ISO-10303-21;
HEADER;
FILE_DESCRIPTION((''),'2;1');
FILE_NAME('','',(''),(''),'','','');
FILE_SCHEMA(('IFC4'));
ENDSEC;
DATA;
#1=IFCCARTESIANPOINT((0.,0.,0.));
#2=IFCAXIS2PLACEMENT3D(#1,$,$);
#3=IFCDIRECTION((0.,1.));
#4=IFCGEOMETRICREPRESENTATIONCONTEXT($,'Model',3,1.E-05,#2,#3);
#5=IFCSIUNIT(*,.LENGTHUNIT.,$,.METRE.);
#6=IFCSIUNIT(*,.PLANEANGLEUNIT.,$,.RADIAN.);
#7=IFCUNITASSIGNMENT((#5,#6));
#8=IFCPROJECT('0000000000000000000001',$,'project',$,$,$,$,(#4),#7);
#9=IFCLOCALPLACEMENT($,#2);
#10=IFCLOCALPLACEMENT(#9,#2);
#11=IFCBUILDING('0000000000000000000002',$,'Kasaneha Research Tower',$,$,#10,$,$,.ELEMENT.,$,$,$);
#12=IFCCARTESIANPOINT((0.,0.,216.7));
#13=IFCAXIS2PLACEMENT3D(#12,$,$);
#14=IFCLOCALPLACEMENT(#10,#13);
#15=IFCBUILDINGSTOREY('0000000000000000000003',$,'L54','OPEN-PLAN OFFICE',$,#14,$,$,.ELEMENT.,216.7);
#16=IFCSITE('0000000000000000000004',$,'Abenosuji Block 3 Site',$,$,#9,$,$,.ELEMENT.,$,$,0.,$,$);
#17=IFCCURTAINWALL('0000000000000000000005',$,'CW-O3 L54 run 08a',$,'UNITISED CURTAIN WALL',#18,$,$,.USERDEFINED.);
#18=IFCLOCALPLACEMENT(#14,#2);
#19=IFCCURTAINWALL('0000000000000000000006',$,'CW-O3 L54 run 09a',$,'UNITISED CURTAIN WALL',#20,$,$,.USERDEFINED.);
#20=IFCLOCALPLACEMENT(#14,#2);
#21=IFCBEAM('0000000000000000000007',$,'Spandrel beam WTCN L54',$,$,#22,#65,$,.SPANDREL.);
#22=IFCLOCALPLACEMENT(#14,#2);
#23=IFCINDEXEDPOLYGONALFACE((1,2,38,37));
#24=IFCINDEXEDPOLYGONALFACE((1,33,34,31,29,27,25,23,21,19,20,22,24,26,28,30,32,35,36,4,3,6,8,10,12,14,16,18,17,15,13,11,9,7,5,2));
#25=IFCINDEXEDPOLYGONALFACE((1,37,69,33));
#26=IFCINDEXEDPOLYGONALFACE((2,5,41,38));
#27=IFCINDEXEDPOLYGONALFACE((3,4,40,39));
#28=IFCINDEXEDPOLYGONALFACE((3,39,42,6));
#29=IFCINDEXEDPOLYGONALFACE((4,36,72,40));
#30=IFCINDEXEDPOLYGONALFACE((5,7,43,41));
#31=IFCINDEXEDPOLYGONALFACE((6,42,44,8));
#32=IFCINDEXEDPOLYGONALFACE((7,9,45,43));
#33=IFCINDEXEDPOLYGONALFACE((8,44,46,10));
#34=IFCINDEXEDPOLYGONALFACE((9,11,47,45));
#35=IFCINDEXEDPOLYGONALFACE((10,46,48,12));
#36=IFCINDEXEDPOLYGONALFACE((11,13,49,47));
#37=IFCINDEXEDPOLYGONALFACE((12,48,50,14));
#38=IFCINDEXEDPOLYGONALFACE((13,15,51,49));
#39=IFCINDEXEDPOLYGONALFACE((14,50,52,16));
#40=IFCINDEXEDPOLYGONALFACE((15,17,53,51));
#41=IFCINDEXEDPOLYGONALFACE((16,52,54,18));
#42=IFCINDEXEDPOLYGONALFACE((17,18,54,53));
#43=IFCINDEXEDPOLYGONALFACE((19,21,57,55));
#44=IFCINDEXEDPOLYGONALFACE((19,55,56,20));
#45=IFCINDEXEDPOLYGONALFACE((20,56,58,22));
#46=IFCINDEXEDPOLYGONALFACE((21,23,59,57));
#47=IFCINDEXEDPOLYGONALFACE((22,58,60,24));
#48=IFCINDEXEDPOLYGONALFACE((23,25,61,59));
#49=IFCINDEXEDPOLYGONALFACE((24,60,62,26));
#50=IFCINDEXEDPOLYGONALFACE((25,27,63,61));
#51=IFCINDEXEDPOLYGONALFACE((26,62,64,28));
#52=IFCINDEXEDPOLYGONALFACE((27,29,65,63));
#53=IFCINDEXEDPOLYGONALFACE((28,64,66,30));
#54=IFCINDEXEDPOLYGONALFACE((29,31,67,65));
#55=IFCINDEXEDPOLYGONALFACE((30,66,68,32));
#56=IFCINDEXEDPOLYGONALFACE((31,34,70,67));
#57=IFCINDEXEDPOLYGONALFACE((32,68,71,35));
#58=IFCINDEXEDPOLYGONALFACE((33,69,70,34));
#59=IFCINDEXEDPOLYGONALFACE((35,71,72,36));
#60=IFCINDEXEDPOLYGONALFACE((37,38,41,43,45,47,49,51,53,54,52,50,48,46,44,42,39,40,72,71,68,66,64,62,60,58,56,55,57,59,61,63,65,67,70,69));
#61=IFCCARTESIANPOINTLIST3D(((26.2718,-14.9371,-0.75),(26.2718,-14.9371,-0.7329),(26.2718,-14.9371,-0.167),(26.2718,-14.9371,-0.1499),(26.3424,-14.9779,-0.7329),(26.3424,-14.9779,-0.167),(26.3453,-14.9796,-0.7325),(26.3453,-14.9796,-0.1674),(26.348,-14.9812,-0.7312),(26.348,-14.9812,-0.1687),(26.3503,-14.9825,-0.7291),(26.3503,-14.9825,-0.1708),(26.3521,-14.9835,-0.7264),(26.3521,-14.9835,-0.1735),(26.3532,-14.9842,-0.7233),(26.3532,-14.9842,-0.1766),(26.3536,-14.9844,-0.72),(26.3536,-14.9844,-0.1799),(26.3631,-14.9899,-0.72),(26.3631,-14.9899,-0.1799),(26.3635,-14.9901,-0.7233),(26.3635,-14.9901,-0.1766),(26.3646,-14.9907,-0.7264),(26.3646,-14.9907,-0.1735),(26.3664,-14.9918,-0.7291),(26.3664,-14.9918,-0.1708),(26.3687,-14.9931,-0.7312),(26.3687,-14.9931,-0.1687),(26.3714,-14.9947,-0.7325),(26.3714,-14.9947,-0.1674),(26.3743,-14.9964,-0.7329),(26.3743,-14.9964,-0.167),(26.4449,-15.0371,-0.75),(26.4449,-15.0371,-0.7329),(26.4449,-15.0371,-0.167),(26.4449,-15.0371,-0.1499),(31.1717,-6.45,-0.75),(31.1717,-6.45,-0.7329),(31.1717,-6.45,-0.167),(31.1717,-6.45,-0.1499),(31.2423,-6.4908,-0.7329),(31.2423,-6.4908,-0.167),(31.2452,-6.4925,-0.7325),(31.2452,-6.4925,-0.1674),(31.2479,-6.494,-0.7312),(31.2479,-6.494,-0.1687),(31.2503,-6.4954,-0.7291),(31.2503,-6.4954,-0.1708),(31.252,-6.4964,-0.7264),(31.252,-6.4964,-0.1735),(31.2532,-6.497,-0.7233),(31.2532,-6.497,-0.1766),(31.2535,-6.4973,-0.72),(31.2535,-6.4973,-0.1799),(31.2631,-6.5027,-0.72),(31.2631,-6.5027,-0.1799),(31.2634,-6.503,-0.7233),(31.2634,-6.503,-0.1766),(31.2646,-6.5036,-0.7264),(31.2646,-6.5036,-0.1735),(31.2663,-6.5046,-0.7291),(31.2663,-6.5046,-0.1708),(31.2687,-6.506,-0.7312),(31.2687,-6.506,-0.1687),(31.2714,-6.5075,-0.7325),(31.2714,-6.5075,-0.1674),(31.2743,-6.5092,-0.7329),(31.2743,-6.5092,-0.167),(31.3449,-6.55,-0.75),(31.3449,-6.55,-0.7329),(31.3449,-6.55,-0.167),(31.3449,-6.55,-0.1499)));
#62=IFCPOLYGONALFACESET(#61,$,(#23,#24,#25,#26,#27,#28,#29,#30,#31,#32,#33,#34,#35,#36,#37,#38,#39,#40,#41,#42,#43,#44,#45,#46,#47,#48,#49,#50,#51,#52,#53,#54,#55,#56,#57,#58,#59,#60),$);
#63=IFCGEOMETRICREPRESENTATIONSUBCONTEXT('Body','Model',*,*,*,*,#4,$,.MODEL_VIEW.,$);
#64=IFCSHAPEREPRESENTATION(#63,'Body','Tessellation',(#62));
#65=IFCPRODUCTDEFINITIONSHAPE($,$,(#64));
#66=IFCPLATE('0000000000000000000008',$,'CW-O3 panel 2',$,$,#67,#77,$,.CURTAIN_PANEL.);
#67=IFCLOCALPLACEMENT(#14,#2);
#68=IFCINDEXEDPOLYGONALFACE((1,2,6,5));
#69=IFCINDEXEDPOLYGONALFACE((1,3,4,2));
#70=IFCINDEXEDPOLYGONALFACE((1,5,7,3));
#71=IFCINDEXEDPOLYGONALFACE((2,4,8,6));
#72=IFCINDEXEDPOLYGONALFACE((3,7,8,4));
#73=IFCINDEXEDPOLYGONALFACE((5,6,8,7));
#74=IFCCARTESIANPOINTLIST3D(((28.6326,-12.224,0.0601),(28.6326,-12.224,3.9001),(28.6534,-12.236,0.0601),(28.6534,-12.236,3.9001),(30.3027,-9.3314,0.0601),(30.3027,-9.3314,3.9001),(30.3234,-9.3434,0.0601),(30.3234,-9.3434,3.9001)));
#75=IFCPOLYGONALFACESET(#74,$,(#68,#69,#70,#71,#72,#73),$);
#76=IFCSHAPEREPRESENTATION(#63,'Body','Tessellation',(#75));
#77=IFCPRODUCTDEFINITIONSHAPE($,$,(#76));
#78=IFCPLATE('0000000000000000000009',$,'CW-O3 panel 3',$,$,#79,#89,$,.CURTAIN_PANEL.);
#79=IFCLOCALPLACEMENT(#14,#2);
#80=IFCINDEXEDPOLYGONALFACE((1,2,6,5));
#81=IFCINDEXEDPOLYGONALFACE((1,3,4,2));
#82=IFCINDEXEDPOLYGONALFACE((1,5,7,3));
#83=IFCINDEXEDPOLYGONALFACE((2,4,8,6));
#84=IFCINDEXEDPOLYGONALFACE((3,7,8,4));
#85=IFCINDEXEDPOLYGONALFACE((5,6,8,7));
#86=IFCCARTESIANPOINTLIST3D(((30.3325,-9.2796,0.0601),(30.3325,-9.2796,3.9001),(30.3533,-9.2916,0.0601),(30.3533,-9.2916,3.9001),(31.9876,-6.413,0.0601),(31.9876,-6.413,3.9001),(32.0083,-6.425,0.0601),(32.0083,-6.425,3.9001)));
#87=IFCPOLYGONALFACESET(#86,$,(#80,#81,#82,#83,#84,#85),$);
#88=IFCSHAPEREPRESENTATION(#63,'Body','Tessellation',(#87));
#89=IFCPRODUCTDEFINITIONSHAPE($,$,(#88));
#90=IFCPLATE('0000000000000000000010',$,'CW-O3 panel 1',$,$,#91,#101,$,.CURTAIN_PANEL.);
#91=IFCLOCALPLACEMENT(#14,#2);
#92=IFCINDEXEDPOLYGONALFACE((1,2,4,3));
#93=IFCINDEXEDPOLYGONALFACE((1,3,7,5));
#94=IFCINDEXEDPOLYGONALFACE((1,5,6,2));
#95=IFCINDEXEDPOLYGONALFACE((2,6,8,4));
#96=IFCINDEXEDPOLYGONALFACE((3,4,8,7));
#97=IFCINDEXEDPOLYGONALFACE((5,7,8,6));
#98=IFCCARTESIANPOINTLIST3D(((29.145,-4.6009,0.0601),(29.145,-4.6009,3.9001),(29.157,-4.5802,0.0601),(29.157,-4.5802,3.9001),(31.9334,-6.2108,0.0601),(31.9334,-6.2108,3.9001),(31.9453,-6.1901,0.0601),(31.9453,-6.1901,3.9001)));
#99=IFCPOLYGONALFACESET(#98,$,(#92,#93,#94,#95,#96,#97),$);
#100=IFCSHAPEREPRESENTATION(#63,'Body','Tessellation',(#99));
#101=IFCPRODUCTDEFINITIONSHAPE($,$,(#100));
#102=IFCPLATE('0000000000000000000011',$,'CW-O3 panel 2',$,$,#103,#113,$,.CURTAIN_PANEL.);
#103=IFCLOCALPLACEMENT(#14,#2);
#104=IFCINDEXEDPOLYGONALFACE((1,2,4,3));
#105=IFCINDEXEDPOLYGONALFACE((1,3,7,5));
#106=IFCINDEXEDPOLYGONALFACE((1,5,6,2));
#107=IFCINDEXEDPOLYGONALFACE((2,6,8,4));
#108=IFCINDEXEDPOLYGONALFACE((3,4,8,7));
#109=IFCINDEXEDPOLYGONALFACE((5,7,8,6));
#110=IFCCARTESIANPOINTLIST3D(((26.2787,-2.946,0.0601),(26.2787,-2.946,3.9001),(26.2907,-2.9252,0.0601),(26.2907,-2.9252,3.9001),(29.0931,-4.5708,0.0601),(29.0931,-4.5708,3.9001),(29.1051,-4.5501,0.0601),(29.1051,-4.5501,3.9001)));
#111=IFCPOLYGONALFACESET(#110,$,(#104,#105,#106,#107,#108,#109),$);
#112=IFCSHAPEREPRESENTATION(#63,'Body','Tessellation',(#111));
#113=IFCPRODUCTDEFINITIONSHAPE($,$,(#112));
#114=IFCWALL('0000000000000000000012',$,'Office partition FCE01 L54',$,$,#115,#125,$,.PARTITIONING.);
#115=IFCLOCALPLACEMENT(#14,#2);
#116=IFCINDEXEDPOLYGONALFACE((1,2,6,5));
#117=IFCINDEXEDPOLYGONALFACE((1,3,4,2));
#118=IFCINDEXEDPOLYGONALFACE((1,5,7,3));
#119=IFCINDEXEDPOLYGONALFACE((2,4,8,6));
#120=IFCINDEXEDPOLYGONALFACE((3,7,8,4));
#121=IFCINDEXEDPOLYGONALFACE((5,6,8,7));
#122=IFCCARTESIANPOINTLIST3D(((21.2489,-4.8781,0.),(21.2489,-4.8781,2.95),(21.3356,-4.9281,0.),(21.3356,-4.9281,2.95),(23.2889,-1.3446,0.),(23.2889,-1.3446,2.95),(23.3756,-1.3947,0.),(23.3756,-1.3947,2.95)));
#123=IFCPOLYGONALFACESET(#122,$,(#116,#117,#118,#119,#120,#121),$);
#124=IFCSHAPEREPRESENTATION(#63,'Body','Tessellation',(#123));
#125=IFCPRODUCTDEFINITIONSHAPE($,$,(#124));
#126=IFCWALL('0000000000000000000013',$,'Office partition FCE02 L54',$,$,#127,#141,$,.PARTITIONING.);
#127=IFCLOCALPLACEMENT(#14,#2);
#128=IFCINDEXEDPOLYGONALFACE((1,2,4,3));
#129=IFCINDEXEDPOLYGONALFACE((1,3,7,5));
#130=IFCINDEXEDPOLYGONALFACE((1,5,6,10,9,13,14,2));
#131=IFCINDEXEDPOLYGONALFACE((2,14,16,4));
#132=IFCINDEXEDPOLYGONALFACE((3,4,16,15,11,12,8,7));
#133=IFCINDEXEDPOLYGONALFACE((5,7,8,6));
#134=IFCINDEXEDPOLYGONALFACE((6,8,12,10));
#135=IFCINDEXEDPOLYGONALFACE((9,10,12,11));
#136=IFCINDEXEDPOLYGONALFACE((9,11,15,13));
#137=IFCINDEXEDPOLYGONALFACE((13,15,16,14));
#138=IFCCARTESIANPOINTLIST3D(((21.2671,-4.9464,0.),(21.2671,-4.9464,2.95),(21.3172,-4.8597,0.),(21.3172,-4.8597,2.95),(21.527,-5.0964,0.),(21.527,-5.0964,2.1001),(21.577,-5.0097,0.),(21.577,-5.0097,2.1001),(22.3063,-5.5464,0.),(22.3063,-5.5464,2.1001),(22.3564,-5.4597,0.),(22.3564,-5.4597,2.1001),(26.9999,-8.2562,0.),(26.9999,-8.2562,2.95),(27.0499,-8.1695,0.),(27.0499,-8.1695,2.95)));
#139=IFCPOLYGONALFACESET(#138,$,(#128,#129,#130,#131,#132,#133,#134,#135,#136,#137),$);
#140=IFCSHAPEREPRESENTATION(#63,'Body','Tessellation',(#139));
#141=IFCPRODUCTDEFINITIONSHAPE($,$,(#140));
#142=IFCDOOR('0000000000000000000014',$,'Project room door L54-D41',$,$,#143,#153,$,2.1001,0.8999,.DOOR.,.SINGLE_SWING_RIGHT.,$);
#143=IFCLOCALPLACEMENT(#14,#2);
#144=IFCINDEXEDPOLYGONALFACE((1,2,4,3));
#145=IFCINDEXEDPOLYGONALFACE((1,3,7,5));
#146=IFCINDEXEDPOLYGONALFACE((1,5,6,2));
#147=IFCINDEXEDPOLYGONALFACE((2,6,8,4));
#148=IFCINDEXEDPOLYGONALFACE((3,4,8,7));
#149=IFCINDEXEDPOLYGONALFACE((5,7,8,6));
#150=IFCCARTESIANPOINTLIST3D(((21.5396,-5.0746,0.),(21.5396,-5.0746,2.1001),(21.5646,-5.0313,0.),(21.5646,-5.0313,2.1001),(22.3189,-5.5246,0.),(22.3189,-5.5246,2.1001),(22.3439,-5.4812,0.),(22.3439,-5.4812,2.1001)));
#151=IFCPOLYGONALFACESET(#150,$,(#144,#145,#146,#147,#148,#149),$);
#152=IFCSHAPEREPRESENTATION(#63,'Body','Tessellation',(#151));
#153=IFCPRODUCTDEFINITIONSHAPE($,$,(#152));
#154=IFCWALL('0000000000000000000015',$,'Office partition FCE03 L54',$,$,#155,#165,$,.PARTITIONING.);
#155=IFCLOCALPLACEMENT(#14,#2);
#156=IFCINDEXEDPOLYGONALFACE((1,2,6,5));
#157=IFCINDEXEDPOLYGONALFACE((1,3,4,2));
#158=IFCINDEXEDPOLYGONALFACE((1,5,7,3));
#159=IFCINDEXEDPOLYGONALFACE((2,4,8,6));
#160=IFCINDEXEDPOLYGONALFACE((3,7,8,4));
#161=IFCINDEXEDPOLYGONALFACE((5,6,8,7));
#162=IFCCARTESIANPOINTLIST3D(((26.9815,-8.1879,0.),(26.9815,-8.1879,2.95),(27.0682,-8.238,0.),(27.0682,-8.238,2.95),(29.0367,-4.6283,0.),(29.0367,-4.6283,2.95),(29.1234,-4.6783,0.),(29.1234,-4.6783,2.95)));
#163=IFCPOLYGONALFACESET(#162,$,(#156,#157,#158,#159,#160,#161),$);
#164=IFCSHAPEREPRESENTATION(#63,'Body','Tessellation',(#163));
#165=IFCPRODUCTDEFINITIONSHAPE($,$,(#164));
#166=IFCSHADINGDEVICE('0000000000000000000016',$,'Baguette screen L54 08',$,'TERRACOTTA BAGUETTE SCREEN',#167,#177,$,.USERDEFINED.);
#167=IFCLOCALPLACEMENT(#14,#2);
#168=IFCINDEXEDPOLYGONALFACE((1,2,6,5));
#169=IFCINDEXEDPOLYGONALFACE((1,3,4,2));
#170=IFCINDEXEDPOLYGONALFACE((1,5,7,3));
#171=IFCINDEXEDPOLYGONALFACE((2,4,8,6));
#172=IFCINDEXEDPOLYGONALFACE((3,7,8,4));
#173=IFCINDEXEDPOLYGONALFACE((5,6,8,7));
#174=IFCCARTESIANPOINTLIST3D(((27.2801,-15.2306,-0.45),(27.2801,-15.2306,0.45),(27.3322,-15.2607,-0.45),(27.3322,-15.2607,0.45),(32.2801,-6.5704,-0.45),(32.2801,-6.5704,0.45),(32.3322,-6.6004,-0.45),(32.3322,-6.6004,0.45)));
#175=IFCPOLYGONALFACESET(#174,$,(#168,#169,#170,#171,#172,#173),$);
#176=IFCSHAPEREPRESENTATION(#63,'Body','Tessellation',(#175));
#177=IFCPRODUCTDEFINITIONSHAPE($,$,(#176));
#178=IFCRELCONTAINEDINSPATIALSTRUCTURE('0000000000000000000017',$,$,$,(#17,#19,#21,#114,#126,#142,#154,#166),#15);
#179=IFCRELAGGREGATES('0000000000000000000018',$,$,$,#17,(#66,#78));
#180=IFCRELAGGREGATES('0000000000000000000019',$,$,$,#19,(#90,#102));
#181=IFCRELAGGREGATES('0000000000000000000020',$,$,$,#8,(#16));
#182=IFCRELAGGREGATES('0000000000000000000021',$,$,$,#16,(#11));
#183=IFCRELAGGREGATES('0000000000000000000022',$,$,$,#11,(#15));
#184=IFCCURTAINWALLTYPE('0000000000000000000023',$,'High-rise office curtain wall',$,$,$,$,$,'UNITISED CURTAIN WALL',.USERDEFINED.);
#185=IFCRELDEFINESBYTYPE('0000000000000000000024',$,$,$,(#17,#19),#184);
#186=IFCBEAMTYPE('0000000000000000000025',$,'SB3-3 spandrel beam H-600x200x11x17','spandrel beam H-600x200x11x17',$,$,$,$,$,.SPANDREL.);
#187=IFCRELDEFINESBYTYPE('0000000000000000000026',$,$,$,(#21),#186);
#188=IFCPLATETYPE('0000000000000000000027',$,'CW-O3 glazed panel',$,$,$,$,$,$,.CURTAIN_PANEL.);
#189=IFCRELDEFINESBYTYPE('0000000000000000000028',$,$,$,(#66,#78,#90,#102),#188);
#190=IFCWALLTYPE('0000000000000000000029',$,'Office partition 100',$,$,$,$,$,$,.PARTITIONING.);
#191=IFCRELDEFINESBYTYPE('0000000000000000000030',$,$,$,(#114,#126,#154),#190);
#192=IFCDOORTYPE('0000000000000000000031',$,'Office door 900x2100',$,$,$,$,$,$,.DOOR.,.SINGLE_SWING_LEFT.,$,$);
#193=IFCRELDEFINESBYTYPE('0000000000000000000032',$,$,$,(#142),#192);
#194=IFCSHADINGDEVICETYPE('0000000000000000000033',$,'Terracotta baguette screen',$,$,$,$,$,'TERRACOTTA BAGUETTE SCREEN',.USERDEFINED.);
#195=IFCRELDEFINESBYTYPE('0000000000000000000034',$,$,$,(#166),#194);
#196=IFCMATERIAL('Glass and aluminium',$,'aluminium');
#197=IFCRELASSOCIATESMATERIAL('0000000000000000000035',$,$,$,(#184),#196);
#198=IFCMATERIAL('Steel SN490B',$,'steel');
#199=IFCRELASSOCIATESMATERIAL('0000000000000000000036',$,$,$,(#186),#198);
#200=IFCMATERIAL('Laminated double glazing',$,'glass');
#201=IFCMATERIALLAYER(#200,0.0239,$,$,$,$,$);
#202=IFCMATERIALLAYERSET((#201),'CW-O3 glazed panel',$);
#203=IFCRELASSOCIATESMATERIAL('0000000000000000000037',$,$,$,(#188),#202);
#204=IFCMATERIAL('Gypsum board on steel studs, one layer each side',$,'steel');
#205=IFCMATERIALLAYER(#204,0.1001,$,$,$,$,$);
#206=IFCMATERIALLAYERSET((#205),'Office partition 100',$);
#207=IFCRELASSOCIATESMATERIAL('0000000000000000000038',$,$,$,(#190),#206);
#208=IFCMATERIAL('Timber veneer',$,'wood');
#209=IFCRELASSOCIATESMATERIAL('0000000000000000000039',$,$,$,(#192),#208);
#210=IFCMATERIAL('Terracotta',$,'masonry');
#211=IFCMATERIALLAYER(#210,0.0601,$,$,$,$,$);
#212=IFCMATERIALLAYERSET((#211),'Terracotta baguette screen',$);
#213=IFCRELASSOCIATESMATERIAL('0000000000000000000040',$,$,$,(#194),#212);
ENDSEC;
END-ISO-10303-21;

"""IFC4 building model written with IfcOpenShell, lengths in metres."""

from ifc_helpers import new_model, si_unit, direction, frame, frame_2d, origin, origin_2d, place, context, subcontext, project, spatial, rectangle, i_section, extrude, material, layer, layer_set, material_profile, profile_set, type_object, element, fill, aggregate, save


model = new_model("IFC4")

# Units and contexts
model_context = context("Model", 3, precision=1e-05, world=origin(), true_north=direction((0.0, 1.0)))
body_context = subcontext(model_context, "Body", "Model", "MODEL_VIEW")
ifc_project = project(units=[si_unit("LENGTHUNIT", "METRE"), si_unit("PLANEANGLEUNIT", "RADIAN")], contexts=[model_context])

# Site, building, storey
site_placement = place(None, origin())
site = spatial("IfcSite", under=ifc_project, at=site_placement, Name="Abenosuji Block 3 Site", CompositionType="ELEMENT", RefElevation=0.0)
building_placement = place(site_placement, origin())
building = spatial("IfcBuilding", under=site, at=building_placement, Name="Kasaneha Research Tower", CompositionType="ELEMENT")
storey_placement = place(building_placement, frame((0.0, 0.0, 216.7)))
storey = spatial("IfcBuildingStorey", under=building, at=storey_placement, Name="L54", Description="OPEN-PLAN OFFICE", CompositionType="ELEMENT", Elevation=216.7)

# Curtain walls
ifc_material_1 = material(Name="Glass and aluminium", Category="aluminium")
curtain_wall_type = type_object("IfcCurtainWallType", Name="High-rise office curtain wall", ElementType="UNITISED CURTAIN WALL", PredefinedType="USERDEFINED", material=ifc_material_1)
curtain_wall_1_placement = place(storey_placement, origin())
curtain_wall_1 = element("IfcCurtainWall", 1, at=curtain_wall_1_placement, inside=storey, type_object=curtain_wall_type, Name="CW-O3 L54 run 08a", ObjectType="UNITISED CURTAIN WALL", PredefinedType="USERDEFINED")
curtain_wall_2_placement = place(storey_placement, origin())
curtain_wall_2 = element("IfcCurtainWall", 2, at=curtain_wall_2_placement, inside=storey, type_object=curtain_wall_type, Name="CW-O3 L54 run 09a", ObjectType="UNITISED CURTAIN WALL", PredefinedType="USERDEFINED")

# Beam
ifc_material_2 = material(Name="Steel SN490B", Category="steel")
ifc_material_profile_1 = material_profile(ifc_material_2, i_section(OverallWidth=0.2, OverallDepth=0.6001, WebThickness=0.011, FlangeThickness=0.0171, FilletRadius=0.0129, at=origin_2d()), Name="H-600x200x11x17")
ifc_profile_set_1 = profile_set([ifc_material_profile_1], Name="Steel SN490B")
beam_type_1 = type_object("IfcBeamType", Name="SB3-3 spandrel beam H-600x200x11x17", Description="spandrel beam H-600x200x11x17", PredefinedType="SPANDREL", material=ifc_profile_set_1)
beam_1_placement = place(storey_placement, frame((31.2583, -6.5, -0.45), z_axis=(-0.499992, -0.86603, 0.0), x_axis=(0.86603, -0.499992, 0.0)))
element("IfcBeam", 3, at=beam_1_placement, inside=storey, type_object=beam_type_1, Name="Spandrel beam WTCN L54", PredefinedType="SPANDREL", context=body_context, shape_type="SweptSolid", body=[
    extrude(i_section(OverallWidth=0.2, OverallDepth=0.6001, WebThickness=0.011, FlangeThickness=0.0171, FilletRadius=0.0129, at=origin_2d()), origin(), (0.0, 0.0, 1.0), 9.8),
])

# Plates
ifc_material_3 = material(Name="Laminated double glazing", Category="glass")
ifc_layer_1 = layer(ifc_material_3, 0.0239)
ifc_layer_set_1 = layer_set([ifc_layer_1], Name="CW-O3 glazed panel")
plate_type = type_object("IfcPlateType", Name="CW-O3 glazed panel", PredefinedType="CURTAIN_PANEL", material=ifc_layer_set_1)
plate_1_placement = place(storey_placement, frame((29.478, -10.7837, 0.0601), z_axis=(0.0, 0.0, 1.0), x_axis=(0.5, 0.866025, 0.0)))
plate_1 = element("IfcPlate", 4, at=plate_1_placement, type_object=plate_type, Name="CW-O3 panel 2", PredefinedType="CURTAIN_PANEL", context=body_context, shape_type="SweptSolid", body=[
    extrude(rectangle(XDim=3.3401, YDim=0.0239, at=origin_2d()), origin(), (0.0, 0.0, 1.0), 3.8401),
])
plate_2_placement = place(storey_placement, frame((31.1704, -7.8523, 0.0601), z_axis=(0.0, 0.0, 1.0), x_axis=(0.5, 0.866025, 0.0)))
plate_2 = element("IfcPlate", 5, at=plate_2_placement, type_object=plate_type, Name="CW-O3 panel 3", PredefinedType="CURTAIN_PANEL", context=body_context, shape_type="SweptSolid", body=[
    extrude(rectangle(XDim=3.3101, YDim=0.0239, at=origin_2d()), origin(), (0.0, 0.0, 1.0), 3.8401),
])
aggregate(curtain_wall_1, [plate_1, plate_2])
plate_3_placement = place(storey_placement, frame((30.5452, -5.3955, 0.0601), z_axis=(0.0, 0.0, 1.0), x_axis=(-0.866025, 0.5, 0.0)))
plate_3 = element("IfcPlate", 6, at=plate_3_placement, type_object=plate_type, Name="CW-O3 panel 1", PredefinedType="CURTAIN_PANEL", context=body_context, shape_type="SweptSolid", body=[
    extrude(rectangle(XDim=3.2197, YDim=0.0239, at=origin_2d()), origin(), (0.0, 0.0, 1.0), 3.8401),
])
plate_4_placement = place(storey_placement, frame((27.6919, -3.748, 0.0601), z_axis=(0.0, 0.0, 1.0), x_axis=(-0.866025, 0.5, 0.0)))
plate_4 = element("IfcPlate", 7, at=plate_4_placement, type_object=plate_type, Name="CW-O3 panel 2", PredefinedType="CURTAIN_PANEL", context=body_context, shape_type="SweptSolid", body=[
    extrude(rectangle(XDim=3.2498, YDim=0.0239, at=origin_2d()), origin(), (0.0, 0.0, 1.0), 3.8401),
])
aggregate(curtain_wall_2, [plate_3, plate_4])

# Wall
ifc_material_4 = material(Name="Gypsum board on steel studs, one layer each side", Category="steel")
ifc_layer_2 = layer(ifc_material_4, 0.1001)
ifc_layer_set_2 = layer_set([ifc_layer_2], Name="Office partition 100")
wall_type = type_object("IfcWallType", Name="Office partition 100", PredefinedType="PARTITIONING", material=ifc_layer_set_2)
wall_1_placement = place(storey_placement, frame((21.2922, -4.9031, 0.0), z_axis=(0.0, 0.0, 1.0), x_axis=(0.5, 0.866025, 0.0)))
element("IfcWall", 8, at=wall_1_placement, inside=storey, type_object=wall_type, Name="Office partition FCE01 L54", PredefinedType="PARTITIONING", context=body_context, shape_type="SweptSolid", body=[
    extrude(rectangle(XDim=4.0801, YDim=0.1001, at=frame_2d((2.04, 0.0))), origin(), (0.0, 0.0, 1.0), 2.95),
])

# Wall, opening, door
wall_2_placement = place(storey_placement, frame((27.0249, -8.2129, 0.0), z_axis=(0.0, 0.0, 1.0), x_axis=(-0.866022, 0.500007, 0.0)))
wall_2 = element("IfcWall", 9, at=wall_2_placement, inside=storey, type_object=wall_type, Name="Office partition FCE02 L54", PredefinedType="PARTITIONING", context=body_context, shape_type="SweptSolid", body=[
    extrude(rectangle(XDim=6.6196, YDim=0.1001, at=frame_2d((3.3098, 0.0))), origin(), (0.0, 0.0, 1.0), 2.95),
])
opening_placement = place(wall_2_placement, frame((5.4197, 0.0, 0.0)))
opening = element("IfcOpeningElement", 10, at=opening_placement, cuts=wall_2, PredefinedType="OPENING", context=body_context, shape_type="SweptSolid", body=[
    extrude(rectangle(XDim=0.8999, YDim=2.1001, at=frame_2d((0.45, 1.05))), frame((0.0, 0.0601, 0.0), z_axis=(0.0, -1.0, 0.0), x_axis=(1.0, 0.0, 0.0)), (0.0, 0.0, 1.0), 0.1201),
])
ifc_material_5 = material(Name="Timber veneer", Category="wood")
door_type = type_object("IfcDoorType", Name="Office door 900x2100", OperationType="SINGLE_SWING_LEFT", PredefinedType="DOOR", material=ifc_material_5)
door_placement = place(opening_placement, origin())
door = element("IfcDoor", 11, at=door_placement, inside=storey, type_object=door_type, Name="Project room door L54-D41", OperationType="SINGLE_SWING_RIGHT", OverallHeight=2.1001, OverallWidth=0.8999, PredefinedType="DOOR", context=body_context, shape_type="SweptSolid", body=[
    extrude(rectangle(XDim=0.8999, YDim=2.1001, at=frame_2d((0.45, 1.05))), frame((0.0, 0.0249, 0.0), z_axis=(0.0, -1.0, 0.0), x_axis=(1.0, 0.0, 0.0)), (0.0, 0.0, 1.0), 0.05),
])
fill(opening, door)

# Wall
wall_3_placement = place(storey_placement, frame((29.0801, -4.6533, 0.0), z_axis=(0.0, 0.0, 1.0), x_axis=(-0.50001, -0.866019, 0.0)))
element("IfcWall", 12, at=wall_3_placement, inside=storey, type_object=wall_type, Name="Office partition FCE03 L54", PredefinedType="PARTITIONING", context=body_context, shape_type="SweptSolid", body=[
    extrude(rectangle(XDim=4.1104, YDim=0.1001, at=frame_2d((2.0552, 0.0))), origin(), (0.0, 0.0, 1.0), 2.95),
])

# Shading device
ifc_material_6 = material(Name="Terracotta", Category="masonry")
ifc_layer_3 = layer(ifc_material_6, 0.0601)
ifc_layer_set_3 = layer_set([ifc_layer_3], Name="Terracotta baguette screen")
shading_device_type = type_object("IfcShadingDeviceType", Name="Terracotta baguette screen", ElementType="TERRACOTTA BAGUETTE SCREEN", PredefinedType="USERDEFINED", material=ifc_layer_set_3)
shading_device_placement = place(storey_placement, frame((29.8062, -10.9155, -0.45), z_axis=(0.0, 0.0, 1.0), x_axis=(0.5, 0.866025, 0.0)))
element("IfcShadingDevice", 13, at=shading_device_placement, inside=storey, type_object=shading_device_type, Name="Baguette screen L54 08", ObjectType="TERRACOTTA BAGUETTE SCREEN", PredefinedType="USERDEFINED", context=body_context, shape_type="SweptSolid", body=[
    extrude(rectangle(XDim=10.0, YDim=0.0601, at=origin_2d()), origin(), (0.0, 0.0, 1.0), 0.8999),
])

save(model, "model.ifc")
